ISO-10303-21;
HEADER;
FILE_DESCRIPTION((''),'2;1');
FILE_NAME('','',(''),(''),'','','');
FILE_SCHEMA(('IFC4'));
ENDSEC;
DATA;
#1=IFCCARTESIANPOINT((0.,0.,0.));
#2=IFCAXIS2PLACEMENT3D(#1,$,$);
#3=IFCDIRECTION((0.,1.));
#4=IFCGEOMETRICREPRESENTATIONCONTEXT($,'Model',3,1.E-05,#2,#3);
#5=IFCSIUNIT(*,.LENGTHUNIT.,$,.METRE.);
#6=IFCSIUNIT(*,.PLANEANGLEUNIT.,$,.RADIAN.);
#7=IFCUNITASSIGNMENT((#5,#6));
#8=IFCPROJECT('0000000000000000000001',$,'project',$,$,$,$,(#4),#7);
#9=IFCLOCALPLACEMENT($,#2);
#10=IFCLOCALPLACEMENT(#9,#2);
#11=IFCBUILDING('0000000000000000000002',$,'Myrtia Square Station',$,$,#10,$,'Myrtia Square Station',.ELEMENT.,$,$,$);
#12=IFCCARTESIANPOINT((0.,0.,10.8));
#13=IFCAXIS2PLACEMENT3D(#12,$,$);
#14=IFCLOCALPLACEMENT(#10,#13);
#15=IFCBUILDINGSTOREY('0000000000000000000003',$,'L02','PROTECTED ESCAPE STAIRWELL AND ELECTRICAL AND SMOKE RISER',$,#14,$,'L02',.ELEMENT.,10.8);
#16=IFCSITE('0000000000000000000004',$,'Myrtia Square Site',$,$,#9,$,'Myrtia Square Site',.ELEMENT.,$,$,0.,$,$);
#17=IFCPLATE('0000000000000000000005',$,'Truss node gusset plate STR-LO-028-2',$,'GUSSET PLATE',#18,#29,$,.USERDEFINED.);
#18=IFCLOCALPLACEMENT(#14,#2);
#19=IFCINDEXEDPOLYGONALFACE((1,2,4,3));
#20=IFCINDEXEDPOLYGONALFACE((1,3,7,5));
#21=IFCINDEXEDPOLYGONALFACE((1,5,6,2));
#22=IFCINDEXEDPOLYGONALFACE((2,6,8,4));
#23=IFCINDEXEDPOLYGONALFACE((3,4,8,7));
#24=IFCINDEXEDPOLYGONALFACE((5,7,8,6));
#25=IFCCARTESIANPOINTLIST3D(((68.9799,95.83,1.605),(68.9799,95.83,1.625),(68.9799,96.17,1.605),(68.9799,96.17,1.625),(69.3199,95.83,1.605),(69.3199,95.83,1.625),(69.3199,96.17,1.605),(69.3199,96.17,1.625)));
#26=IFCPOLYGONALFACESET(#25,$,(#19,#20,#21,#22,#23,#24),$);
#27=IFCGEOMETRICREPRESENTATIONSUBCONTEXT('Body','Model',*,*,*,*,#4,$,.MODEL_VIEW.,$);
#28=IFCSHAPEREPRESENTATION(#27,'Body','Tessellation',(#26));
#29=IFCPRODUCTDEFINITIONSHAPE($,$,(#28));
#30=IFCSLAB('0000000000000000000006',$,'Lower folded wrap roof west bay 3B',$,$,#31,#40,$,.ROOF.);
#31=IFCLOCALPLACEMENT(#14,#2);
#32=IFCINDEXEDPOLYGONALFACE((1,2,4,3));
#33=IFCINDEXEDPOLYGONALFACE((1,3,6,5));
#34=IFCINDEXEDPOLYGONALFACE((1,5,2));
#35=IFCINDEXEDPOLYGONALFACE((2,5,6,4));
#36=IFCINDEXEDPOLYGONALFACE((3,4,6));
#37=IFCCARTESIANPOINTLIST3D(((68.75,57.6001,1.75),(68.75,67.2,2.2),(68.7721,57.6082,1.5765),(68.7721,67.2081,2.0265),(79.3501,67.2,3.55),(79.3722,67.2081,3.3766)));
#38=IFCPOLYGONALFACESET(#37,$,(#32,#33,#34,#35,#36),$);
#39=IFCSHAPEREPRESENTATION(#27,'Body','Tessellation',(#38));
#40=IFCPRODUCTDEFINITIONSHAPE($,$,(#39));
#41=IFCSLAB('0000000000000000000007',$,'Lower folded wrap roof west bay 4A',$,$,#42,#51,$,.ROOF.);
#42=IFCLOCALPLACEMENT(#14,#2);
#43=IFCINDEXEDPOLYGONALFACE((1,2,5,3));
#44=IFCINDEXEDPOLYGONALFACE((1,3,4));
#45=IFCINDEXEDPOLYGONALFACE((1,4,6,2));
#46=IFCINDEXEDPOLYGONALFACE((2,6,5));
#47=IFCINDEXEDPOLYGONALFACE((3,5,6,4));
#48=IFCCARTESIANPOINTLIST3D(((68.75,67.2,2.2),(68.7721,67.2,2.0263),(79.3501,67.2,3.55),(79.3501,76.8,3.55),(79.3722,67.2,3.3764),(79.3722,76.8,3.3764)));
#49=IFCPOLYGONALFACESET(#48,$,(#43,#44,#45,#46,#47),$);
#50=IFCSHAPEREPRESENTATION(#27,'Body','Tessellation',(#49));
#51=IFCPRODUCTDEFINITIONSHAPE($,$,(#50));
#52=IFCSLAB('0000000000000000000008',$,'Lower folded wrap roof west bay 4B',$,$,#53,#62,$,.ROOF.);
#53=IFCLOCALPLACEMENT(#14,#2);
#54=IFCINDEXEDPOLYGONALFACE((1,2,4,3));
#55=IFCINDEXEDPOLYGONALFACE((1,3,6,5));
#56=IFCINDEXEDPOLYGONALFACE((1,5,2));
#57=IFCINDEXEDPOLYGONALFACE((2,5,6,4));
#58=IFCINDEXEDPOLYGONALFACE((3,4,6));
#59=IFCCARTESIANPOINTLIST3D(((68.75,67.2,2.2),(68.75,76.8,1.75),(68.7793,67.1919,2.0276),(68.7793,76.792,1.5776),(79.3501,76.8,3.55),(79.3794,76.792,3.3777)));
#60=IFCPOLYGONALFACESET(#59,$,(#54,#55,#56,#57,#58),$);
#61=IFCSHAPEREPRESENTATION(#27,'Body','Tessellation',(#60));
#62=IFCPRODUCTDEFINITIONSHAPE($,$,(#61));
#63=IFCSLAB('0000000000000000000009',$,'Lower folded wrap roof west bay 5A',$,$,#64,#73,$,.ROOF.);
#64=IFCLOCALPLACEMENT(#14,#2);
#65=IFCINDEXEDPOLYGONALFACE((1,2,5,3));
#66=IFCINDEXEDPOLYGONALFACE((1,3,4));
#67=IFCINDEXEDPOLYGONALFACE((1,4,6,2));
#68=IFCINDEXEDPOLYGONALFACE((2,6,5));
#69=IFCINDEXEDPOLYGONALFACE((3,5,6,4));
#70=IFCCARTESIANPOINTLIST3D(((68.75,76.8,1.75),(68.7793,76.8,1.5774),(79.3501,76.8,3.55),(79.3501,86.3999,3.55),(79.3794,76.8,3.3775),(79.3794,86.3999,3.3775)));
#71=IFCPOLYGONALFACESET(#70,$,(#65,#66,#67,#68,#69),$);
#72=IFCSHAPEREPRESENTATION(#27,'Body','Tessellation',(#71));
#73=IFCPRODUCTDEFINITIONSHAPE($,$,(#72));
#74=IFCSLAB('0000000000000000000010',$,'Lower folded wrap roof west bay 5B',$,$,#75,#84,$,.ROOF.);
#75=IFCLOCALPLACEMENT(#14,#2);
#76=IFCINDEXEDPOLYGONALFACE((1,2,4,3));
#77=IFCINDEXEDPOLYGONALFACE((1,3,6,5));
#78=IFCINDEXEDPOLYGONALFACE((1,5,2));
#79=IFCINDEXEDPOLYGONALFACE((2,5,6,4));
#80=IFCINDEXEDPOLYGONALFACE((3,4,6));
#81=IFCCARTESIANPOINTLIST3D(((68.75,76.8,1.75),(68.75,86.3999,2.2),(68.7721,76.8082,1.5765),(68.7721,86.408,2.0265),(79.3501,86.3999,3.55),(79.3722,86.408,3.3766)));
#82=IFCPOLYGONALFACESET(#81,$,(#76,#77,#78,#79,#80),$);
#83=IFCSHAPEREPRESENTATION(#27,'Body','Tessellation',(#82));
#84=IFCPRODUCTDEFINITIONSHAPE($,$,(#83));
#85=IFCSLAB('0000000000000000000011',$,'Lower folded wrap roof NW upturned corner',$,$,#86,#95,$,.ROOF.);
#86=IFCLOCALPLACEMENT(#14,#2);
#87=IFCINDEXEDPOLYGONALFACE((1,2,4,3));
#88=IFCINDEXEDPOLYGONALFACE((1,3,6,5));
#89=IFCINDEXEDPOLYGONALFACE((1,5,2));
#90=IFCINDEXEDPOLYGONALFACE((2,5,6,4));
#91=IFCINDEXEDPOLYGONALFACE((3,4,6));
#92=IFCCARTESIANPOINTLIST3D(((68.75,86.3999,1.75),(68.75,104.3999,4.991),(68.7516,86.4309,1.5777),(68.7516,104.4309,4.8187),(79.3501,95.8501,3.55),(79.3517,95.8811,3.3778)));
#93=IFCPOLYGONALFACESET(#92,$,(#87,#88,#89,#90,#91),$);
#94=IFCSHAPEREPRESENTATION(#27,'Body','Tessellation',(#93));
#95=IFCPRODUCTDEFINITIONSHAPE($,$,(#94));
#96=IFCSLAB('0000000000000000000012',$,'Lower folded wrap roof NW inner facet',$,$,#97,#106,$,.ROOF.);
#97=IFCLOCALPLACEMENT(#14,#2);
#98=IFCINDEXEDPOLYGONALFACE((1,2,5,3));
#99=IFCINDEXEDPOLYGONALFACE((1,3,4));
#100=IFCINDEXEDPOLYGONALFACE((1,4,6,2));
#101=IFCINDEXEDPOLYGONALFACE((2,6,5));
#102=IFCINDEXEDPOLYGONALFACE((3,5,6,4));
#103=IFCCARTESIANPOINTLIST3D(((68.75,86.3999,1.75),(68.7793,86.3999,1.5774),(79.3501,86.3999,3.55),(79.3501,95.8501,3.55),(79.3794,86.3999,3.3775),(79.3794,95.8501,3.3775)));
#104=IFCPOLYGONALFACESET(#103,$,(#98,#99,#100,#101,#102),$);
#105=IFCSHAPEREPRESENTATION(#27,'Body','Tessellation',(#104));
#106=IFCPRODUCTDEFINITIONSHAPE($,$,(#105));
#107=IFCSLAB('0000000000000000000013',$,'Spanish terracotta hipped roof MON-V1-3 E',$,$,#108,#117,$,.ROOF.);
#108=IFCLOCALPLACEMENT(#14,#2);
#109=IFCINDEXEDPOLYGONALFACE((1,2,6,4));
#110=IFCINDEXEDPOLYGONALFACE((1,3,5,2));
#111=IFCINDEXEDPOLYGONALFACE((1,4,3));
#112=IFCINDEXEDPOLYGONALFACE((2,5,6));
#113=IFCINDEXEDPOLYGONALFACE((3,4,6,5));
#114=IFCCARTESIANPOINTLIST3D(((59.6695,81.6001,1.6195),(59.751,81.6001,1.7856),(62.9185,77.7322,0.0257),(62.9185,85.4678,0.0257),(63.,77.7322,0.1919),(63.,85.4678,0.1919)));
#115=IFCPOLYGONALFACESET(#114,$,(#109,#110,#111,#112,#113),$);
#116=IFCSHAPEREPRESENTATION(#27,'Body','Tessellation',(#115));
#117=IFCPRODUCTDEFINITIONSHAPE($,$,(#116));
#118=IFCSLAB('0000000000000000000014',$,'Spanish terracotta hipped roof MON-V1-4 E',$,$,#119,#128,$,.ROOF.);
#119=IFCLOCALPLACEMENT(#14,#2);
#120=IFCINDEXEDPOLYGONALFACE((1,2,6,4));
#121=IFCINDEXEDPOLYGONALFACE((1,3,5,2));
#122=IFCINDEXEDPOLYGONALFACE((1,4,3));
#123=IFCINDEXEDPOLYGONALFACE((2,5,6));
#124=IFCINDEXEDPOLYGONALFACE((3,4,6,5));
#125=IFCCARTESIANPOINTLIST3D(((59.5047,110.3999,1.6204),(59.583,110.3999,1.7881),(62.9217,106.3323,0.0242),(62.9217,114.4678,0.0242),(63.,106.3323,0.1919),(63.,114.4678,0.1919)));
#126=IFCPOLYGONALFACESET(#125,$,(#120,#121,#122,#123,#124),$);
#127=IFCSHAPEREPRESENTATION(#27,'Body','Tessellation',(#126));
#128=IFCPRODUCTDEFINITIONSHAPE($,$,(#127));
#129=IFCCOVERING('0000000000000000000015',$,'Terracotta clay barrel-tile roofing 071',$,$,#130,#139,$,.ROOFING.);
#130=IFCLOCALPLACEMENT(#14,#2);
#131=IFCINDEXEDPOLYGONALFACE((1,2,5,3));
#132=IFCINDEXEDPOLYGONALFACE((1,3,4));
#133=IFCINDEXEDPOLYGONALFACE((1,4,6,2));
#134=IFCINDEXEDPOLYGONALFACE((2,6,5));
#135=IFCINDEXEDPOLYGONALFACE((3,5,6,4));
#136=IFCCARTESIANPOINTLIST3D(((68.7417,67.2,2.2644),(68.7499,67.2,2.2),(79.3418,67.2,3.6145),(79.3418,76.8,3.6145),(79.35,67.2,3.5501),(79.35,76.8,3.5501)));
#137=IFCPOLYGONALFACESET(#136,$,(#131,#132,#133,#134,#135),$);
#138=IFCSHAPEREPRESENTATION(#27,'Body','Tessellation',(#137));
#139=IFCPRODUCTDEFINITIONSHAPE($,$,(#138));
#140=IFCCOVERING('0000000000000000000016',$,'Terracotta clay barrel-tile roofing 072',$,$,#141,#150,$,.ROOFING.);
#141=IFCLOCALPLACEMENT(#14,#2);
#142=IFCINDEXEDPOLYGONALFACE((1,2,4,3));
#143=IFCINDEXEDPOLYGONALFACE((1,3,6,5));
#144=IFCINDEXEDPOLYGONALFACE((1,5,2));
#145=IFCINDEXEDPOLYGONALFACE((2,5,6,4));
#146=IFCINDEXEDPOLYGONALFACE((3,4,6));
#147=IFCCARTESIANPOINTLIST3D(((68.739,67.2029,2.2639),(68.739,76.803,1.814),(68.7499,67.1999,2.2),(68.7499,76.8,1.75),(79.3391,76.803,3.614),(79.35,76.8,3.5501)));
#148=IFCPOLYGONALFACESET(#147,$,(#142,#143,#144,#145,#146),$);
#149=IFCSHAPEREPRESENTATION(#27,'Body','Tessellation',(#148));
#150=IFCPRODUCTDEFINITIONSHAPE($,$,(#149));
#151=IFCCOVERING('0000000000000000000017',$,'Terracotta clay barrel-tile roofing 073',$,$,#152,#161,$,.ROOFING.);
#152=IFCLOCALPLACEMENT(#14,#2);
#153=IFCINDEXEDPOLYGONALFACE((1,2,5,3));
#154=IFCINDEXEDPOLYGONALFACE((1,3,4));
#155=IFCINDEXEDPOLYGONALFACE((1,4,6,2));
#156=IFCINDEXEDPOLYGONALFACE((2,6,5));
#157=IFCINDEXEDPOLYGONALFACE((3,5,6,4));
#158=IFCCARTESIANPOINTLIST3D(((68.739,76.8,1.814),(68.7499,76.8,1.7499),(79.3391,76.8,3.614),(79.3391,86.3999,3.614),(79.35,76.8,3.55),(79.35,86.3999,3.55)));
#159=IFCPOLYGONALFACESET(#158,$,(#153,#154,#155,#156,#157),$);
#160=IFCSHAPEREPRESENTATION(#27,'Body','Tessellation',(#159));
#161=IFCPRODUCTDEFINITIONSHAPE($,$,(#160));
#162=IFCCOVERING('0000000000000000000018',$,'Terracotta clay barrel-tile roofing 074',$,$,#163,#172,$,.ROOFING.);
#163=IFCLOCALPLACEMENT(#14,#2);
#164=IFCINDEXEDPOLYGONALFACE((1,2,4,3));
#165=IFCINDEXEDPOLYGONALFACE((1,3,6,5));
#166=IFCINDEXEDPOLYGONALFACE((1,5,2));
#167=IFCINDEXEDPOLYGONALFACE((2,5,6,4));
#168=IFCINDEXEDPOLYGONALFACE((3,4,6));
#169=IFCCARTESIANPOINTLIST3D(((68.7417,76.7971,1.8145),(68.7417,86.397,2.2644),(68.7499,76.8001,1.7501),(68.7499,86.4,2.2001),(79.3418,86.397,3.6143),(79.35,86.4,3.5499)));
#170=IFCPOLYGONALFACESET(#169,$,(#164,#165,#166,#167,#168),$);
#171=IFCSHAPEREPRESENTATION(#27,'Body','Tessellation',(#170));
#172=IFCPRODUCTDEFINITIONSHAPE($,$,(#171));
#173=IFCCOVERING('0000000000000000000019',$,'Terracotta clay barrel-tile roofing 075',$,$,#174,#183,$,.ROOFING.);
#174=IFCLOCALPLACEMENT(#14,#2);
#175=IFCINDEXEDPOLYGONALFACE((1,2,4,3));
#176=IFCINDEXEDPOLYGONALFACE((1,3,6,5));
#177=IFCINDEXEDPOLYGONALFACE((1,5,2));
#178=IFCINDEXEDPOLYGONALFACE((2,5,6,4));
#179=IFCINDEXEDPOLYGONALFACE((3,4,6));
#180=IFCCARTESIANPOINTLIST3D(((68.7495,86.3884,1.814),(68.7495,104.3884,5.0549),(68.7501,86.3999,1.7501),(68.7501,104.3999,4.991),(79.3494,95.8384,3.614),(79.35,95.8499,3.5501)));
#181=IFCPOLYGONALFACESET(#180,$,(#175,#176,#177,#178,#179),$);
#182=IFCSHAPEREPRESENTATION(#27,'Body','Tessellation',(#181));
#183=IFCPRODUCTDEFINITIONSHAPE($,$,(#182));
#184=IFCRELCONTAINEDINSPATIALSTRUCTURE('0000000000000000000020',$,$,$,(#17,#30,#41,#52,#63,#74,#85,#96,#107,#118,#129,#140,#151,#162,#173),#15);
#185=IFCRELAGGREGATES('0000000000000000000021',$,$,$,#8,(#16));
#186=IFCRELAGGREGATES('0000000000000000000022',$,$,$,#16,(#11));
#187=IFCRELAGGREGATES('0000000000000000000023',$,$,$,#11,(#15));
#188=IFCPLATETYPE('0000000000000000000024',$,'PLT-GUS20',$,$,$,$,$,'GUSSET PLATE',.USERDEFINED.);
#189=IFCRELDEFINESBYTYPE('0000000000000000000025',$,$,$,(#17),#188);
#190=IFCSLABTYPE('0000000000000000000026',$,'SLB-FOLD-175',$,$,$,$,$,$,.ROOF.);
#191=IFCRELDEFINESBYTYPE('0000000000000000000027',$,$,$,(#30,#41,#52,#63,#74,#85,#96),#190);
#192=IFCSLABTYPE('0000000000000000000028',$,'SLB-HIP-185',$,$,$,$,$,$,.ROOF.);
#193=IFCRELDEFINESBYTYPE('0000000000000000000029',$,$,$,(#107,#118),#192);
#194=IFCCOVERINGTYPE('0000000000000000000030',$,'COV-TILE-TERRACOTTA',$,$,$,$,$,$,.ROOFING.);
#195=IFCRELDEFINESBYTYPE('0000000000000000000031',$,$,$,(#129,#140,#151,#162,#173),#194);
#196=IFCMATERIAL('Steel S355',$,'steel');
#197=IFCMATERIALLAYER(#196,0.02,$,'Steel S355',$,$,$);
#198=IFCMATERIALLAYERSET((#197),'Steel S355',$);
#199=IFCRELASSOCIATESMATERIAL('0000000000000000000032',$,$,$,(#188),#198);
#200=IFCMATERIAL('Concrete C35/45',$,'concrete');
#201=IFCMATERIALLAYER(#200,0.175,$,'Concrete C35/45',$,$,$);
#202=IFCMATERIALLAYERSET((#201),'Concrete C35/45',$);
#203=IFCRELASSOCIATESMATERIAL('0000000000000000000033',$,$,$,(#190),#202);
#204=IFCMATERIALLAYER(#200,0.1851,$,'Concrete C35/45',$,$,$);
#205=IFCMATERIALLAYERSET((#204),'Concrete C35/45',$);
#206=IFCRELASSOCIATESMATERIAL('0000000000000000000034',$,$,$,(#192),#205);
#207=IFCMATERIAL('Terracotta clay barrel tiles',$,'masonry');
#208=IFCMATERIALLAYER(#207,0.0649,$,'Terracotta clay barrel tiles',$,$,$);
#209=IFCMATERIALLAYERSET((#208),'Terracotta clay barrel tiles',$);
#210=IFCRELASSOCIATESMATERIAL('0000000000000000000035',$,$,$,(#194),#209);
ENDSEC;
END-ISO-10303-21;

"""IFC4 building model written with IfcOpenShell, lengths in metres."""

from ifc_helpers import new_model, si_unit, direction, frame, origin, origin_2d, place, context, subcontext, project, spatial, polyline, rectangle, outline, extrude, material, layer, layer_set, type_object, element, save


model = new_model("IFC4")

# Units and contexts
model_context = context("Model", 3, precision=1e-05, world=origin(), true_north=direction((0.0, 1.0)))
body_context = subcontext(model_context, "Body", "Model", "MODEL_VIEW")
ifc_project = project(units=[si_unit("LENGTHUNIT", "METRE"), si_unit("PLANEANGLEUNIT", "RADIAN")], contexts=[model_context])

# Site, building, storey
site_placement = place(None, origin())
site = spatial("IfcSite", under=ifc_project, at=site_placement, Name="Myrtia Square Site", LongName="Myrtia Square Site", CompositionType="ELEMENT", RefElevation=0.0)
building_placement = place(site_placement, origin())
building = spatial("IfcBuilding", under=site, at=building_placement, Name="Myrtia Square Station", LongName="Myrtia Square Station", CompositionType="ELEMENT")
storey_placement = place(building_placement, frame((0.0, 0.0, 10.8)))
storey = spatial("IfcBuildingStorey", under=building, at=storey_placement, Name="L02", Description="PROTECTED ESCAPE STAIRWELL AND ELECTRICAL AND SMOKE RISER", LongName="L02", CompositionType="ELEMENT", Elevation=10.8)

# Shared definitions
ifc_material_1 = material(Name="Steel S355", Category="steel")

# Plate
ifc_layer_1 = layer(ifc_material_1, 0.02, Name="Steel S355")
ifc_layer_set_1 = layer_set([ifc_layer_1], Name="Steel S355")
plate_type = type_object("IfcPlateType", Name="PLT-GUS20", ElementType="GUSSET PLATE", PredefinedType="USERDEFINED", material=ifc_layer_set_1)
for number, where, z_axis, x_axis, name in (
    (1, (69.1499, 96.0, 1.605), (0.0, 0.0, 1.0), (-1.0, 0.0, 0.0), "Truss node gusset plate STR-LO-028-2"),
):
    element("IfcPlate", number, at=place(storey_placement, frame(where, z_axis=z_axis, x_axis=x_axis)), inside=storey, type_object=plate_type, Name=name, ObjectType="GUSSET PLATE", PredefinedType="USERDEFINED", context=body_context, shape_type="SweptSolid", body=[
        extrude(rectangle(XDim=0.3401, YDim=0.3401, at=origin_2d()), origin(), (0.0, 0.0, 1.0), 0.02),
    ])

# Slabs
ifc_material_2 = material(Name="Concrete C35/45", Category="concrete")
ifc_layer_2 = layer(ifc_material_2, 0.175, Name="Concrete C35/45")
ifc_layer_set_2 = layer_set([ifc_layer_2], Name="Concrete C35/45")
slab_type_1 = type_object("IfcSlabType", Name="SLB-FOLD-175", PredefinedType="ROOF", material=ifc_layer_set_2)
slab_1_placement = place(storey_placement, frame((68.75, 57.6001, 1.75), z_axis=(-0.12621, -0.046445, 0.990916), x_axis=(0.73541, 0.666015, 0.124883)))
element("IfcSlab", 2, at=slab_1_placement, inside=storey, type_object=slab_type_1, Name="Lower folded wrap roof west bay 3B", PredefinedType="ROOF", context=body_context, shape_type="SweptSolid", body=[
    extrude(outline(polyline([(0.0, 0.0), (14.4139, 0.0), (6.4498, 7.1245), (0.0, 0.0)])), origin(), (0.0, 0.0, -1.0), 0.175),
])
slab_2_placement = place(storey_placement, frame((68.75, 67.2, 2.2), z_axis=(-0.126346, 0.0, 0.991986), x_axis=(0.991986, 0.0, 0.126346)))
element("IfcSlab", 3, at=slab_2_placement, inside=storey, type_object=slab_type_1, Name="Lower folded wrap roof west bay 4A", PredefinedType="ROOF", context=body_context, shape_type="SweptSolid", body=[
    extrude(outline(polyline([(0.0, 0.0), (10.6857, 0.0), (10.6857, 9.6001), (0.0, 0.0)])), origin(), (0.0, 0.0, -1.0), 0.175),
])
slab_3_placement = place(storey_placement, frame((68.75, 67.2, 2.2), z_axis=(-0.167239, 0.046159, 0.984835), x_axis=(0.737923, 0.668308, 0.093987)))
element("IfcSlab", 4, at=slab_3_placement, inside=storey, type_object=slab_type_1, Name="Lower folded wrap roof west bay 4B", PredefinedType="ROOF", context=body_context, shape_type="SweptSolid", body=[
    extrude(outline(polyline([(0.0, 0.0), (14.3648, 0.0), (6.3735, 7.1932), (0.0, 0.0)])), origin(), (0.0, 0.0, -1.0), 0.175),
])
slab_4_placement = place(storey_placement, frame((68.75, 76.8, 1.75), z_axis=(-0.167418, 0.0, 0.985886), x_axis=(0.985886, 0.0, 0.167418)))
element("IfcSlab", 5, at=slab_4_placement, inside=storey, type_object=slab_type_1, Name="Lower folded wrap roof west bay 5A", PredefinedType="ROOF", context=body_context, shape_type="SweptSolid", body=[
    extrude(outline(polyline([(0.0, 0.0), (10.7518, 0.0), (10.7518, 9.5999), (0.0, 0.0)])), origin(), (0.0, 0.0, -1.0), 0.175),
])
slab_5_placement = place(storey_placement, frame((68.75, 76.8, 1.75), z_axis=(-0.12621, -0.046445, 0.990916), x_axis=(0.73541, 0.666015, 0.124883)))
element("IfcSlab", 6, at=slab_5_placement, inside=storey, type_object=slab_type_1, Name="Lower folded wrap roof west bay 5B", PredefinedType="ROOF", context=body_context, shape_type="SweptSolid", body=[
    extrude(outline(polyline([(0.0, 0.0), (14.4139, 0.0), (6.4498, 7.1245), (0.0, 0.0)])), origin(), (0.0, 0.0, -1.0), 0.175),
])
slab_6_placement = place(storey_placement, frame((68.75, 104.3999, 4.991), z_axis=(-0.009145, -0.177197, 0.984133), x_axis=(0.0, -0.984174, -0.177204)))
element("IfcSlab", 7, at=slab_6_placement, inside=storey, type_object=slab_type_1, Name="Lower folded wrap roof NW upturned corner", PredefinedType="ROOF", context=body_context, shape_type="SweptSolid", body=[
    extrude(outline(polyline([(0.0, 0.0), (18.2894, 0.0), (8.6698, 10.6005), (0.0, 0.0)])), origin(), (0.0, 0.0, -1.0), 0.175),
])
slab_7_placement = place(storey_placement, frame((68.75, 86.3999, 1.75), z_axis=(-0.167418, 0.0, 0.985886), x_axis=(0.985886, 0.0, 0.167418)))
element("IfcSlab", 8, at=slab_7_placement, inside=storey, type_object=slab_type_1, Name="Lower folded wrap roof NW inner facet", PredefinedType="ROOF", context=body_context, shape_type="SweptSolid", body=[
    extrude(outline(polyline([(0.0, 0.0), (10.7518, 0.0), (10.7518, 9.4502), (0.0, 0.0)])), origin(), (0.0, 0.0, -1.0), 0.175),
])
ifc_layer_3 = layer(ifc_material_2, 0.1851, Name="Concrete C35/45")
ifc_layer_set_3 = layer_set([ifc_layer_3], Name="Concrete C35/45")
slab_type_2 = type_object("IfcSlabType", Name="SLB-HIP-185", PredefinedType="ROOF", material=ifc_layer_set_3)
slab_8_placement = place(storey_placement, frame((63.0, 77.7322, 0.1919), z_axis=(0.4404, 0.0, 0.897801), x_axis=(0.0, 1.0, 0.0)))
element("IfcSlab", 9, at=slab_8_placement, inside=storey, type_object=slab_type_2, Name="Spanish terracotta hipped roof MON-V1-3 E", PredefinedType="ROOF", context=body_context, shape_type="SweptSolid", body=[
    extrude(outline(polyline([(0.0, 0.0), (7.7356, 0.0), (3.8679, 3.6189), (0.0, 0.0)])), origin(), (0.0, 0.0, -1.0), 0.1851),
])
slab_9_placement = place(storey_placement, frame((63.0, 106.3323, 0.1919), z_axis=(0.423233, 0.0, 0.906021), x_axis=(0.0, 1.0, 0.0)))
element("IfcSlab", 10, at=slab_9_placement, inside=storey, type_object=slab_type_2, Name="Spanish terracotta hipped roof MON-V1-4 E", PredefinedType="ROOF", context=body_context, shape_type="SweptSolid", body=[
    extrude(outline(polyline([(0.0, 0.0), (8.1355, 0.0), (4.0676, 3.7714), (0.0, 0.0)])), origin(), (0.0, 0.0, -1.0), 0.1851),
])

# Coverings
ifc_material_3 = material(Name="Terracotta clay barrel tiles", Category="masonry")
ifc_layer_4 = layer(ifc_material_3, 0.0649, Name="Terracotta clay barrel tiles")
ifc_layer_set_4 = layer_set([ifc_layer_4], Name="Terracotta clay barrel tiles")
covering_type = type_object("IfcCoveringType", Name="COV-TILE-TERRACOTTA", PredefinedType="ROOFING", material=ifc_layer_set_4)
covering_1_placement = place(storey_placement, frame((68.7417, 67.2, 2.2644), z_axis=(-0.126346, 0.0, 0.991986), x_axis=(0.991986, 0.0, 0.126346)))
element("IfcCovering", 11, at=covering_1_placement, inside=storey, type_object=covering_type, Name="Terracotta clay barrel-tile roofing 071", PredefinedType="ROOFING", context=body_context, shape_type="SweptSolid", body=[
    extrude(outline(polyline([(0.0, 0.0), (10.6857, 0.0), (10.6857, 9.6001), (0.0, 0.0)])), origin(), (0.0, 0.0, -1.0), 0.0649),
])
covering_2_placement = place(storey_placement, frame((68.739, 67.2029, 2.2639), z_axis=(-0.167239, 0.046159, 0.984835), x_axis=(0.737923, 0.668308, 0.093987)))
element("IfcCovering", 12, at=covering_2_placement, inside=storey, type_object=covering_type, Name="Terracotta clay barrel-tile roofing 072", PredefinedType="ROOFING", context=body_context, shape_type="SweptSolid", body=[
    extrude(outline(polyline([(0.0, 0.0), (14.3648, 0.0), (6.3735, 7.1932), (0.0, 0.0)])), origin(), (0.0, 0.0, -1.0), 0.0649),
])
covering_3_placement = place(storey_placement, frame((68.739, 76.8, 1.814), z_axis=(-0.167418, 0.0, 0.985886), x_axis=(0.985886, 0.0, 0.167418)))
element("IfcCovering", 13, at=covering_3_placement, inside=storey, type_object=covering_type, Name="Terracotta clay barrel-tile roofing 073", PredefinedType="ROOFING", context=body_context, shape_type="SweptSolid", body=[
    extrude(outline(polyline([(0.0, 0.0), (10.7518, 0.0), (10.7518, 9.5999), (0.0, 0.0)])), origin(), (0.0, 0.0, -1.0), 0.0649),
])
covering_4_placement = place(storey_placement, frame((68.7417, 76.7971, 1.8145), z_axis=(-0.126187, -0.046445, 0.990919), x_axis=(0.735411, 0.666017, 0.124866)))
element("IfcCovering", 14, at=covering_4_placement, inside=storey, type_object=covering_type, Name="Terracotta clay barrel-tile roofing 074", PredefinedType="ROOFING", context=body_context, shape_type="SweptSolid", body=[
    extrude(outline(polyline([(0.0, 0.0), (14.4138, 0.0), (6.4498, 7.1245), (0.0, 0.0)])), origin(), (0.0, 0.0, -1.0), 0.0649),
])
covering_5_placement = place(storey_placement, frame((68.7495, 104.3884, 5.0549), z_axis=(-0.00915, -0.177197, 0.984133), x_axis=(0.0, -0.984174, -0.177204)))
element("IfcCovering", 15, at=covering_5_placement, inside=storey, type_object=covering_type, Name="Terracotta clay barrel-tile roofing 075", PredefinedType="ROOFING", context=body_context, shape_type="SweptSolid", body=[
    extrude(outline(polyline([(0.0, 0.0), (18.2894, 0.0), (8.6701, 10.6003), (0.0, 0.0)])), origin(), (0.0, 0.0, -1.0), 0.0649),
])

save(model, "model.ifc")
